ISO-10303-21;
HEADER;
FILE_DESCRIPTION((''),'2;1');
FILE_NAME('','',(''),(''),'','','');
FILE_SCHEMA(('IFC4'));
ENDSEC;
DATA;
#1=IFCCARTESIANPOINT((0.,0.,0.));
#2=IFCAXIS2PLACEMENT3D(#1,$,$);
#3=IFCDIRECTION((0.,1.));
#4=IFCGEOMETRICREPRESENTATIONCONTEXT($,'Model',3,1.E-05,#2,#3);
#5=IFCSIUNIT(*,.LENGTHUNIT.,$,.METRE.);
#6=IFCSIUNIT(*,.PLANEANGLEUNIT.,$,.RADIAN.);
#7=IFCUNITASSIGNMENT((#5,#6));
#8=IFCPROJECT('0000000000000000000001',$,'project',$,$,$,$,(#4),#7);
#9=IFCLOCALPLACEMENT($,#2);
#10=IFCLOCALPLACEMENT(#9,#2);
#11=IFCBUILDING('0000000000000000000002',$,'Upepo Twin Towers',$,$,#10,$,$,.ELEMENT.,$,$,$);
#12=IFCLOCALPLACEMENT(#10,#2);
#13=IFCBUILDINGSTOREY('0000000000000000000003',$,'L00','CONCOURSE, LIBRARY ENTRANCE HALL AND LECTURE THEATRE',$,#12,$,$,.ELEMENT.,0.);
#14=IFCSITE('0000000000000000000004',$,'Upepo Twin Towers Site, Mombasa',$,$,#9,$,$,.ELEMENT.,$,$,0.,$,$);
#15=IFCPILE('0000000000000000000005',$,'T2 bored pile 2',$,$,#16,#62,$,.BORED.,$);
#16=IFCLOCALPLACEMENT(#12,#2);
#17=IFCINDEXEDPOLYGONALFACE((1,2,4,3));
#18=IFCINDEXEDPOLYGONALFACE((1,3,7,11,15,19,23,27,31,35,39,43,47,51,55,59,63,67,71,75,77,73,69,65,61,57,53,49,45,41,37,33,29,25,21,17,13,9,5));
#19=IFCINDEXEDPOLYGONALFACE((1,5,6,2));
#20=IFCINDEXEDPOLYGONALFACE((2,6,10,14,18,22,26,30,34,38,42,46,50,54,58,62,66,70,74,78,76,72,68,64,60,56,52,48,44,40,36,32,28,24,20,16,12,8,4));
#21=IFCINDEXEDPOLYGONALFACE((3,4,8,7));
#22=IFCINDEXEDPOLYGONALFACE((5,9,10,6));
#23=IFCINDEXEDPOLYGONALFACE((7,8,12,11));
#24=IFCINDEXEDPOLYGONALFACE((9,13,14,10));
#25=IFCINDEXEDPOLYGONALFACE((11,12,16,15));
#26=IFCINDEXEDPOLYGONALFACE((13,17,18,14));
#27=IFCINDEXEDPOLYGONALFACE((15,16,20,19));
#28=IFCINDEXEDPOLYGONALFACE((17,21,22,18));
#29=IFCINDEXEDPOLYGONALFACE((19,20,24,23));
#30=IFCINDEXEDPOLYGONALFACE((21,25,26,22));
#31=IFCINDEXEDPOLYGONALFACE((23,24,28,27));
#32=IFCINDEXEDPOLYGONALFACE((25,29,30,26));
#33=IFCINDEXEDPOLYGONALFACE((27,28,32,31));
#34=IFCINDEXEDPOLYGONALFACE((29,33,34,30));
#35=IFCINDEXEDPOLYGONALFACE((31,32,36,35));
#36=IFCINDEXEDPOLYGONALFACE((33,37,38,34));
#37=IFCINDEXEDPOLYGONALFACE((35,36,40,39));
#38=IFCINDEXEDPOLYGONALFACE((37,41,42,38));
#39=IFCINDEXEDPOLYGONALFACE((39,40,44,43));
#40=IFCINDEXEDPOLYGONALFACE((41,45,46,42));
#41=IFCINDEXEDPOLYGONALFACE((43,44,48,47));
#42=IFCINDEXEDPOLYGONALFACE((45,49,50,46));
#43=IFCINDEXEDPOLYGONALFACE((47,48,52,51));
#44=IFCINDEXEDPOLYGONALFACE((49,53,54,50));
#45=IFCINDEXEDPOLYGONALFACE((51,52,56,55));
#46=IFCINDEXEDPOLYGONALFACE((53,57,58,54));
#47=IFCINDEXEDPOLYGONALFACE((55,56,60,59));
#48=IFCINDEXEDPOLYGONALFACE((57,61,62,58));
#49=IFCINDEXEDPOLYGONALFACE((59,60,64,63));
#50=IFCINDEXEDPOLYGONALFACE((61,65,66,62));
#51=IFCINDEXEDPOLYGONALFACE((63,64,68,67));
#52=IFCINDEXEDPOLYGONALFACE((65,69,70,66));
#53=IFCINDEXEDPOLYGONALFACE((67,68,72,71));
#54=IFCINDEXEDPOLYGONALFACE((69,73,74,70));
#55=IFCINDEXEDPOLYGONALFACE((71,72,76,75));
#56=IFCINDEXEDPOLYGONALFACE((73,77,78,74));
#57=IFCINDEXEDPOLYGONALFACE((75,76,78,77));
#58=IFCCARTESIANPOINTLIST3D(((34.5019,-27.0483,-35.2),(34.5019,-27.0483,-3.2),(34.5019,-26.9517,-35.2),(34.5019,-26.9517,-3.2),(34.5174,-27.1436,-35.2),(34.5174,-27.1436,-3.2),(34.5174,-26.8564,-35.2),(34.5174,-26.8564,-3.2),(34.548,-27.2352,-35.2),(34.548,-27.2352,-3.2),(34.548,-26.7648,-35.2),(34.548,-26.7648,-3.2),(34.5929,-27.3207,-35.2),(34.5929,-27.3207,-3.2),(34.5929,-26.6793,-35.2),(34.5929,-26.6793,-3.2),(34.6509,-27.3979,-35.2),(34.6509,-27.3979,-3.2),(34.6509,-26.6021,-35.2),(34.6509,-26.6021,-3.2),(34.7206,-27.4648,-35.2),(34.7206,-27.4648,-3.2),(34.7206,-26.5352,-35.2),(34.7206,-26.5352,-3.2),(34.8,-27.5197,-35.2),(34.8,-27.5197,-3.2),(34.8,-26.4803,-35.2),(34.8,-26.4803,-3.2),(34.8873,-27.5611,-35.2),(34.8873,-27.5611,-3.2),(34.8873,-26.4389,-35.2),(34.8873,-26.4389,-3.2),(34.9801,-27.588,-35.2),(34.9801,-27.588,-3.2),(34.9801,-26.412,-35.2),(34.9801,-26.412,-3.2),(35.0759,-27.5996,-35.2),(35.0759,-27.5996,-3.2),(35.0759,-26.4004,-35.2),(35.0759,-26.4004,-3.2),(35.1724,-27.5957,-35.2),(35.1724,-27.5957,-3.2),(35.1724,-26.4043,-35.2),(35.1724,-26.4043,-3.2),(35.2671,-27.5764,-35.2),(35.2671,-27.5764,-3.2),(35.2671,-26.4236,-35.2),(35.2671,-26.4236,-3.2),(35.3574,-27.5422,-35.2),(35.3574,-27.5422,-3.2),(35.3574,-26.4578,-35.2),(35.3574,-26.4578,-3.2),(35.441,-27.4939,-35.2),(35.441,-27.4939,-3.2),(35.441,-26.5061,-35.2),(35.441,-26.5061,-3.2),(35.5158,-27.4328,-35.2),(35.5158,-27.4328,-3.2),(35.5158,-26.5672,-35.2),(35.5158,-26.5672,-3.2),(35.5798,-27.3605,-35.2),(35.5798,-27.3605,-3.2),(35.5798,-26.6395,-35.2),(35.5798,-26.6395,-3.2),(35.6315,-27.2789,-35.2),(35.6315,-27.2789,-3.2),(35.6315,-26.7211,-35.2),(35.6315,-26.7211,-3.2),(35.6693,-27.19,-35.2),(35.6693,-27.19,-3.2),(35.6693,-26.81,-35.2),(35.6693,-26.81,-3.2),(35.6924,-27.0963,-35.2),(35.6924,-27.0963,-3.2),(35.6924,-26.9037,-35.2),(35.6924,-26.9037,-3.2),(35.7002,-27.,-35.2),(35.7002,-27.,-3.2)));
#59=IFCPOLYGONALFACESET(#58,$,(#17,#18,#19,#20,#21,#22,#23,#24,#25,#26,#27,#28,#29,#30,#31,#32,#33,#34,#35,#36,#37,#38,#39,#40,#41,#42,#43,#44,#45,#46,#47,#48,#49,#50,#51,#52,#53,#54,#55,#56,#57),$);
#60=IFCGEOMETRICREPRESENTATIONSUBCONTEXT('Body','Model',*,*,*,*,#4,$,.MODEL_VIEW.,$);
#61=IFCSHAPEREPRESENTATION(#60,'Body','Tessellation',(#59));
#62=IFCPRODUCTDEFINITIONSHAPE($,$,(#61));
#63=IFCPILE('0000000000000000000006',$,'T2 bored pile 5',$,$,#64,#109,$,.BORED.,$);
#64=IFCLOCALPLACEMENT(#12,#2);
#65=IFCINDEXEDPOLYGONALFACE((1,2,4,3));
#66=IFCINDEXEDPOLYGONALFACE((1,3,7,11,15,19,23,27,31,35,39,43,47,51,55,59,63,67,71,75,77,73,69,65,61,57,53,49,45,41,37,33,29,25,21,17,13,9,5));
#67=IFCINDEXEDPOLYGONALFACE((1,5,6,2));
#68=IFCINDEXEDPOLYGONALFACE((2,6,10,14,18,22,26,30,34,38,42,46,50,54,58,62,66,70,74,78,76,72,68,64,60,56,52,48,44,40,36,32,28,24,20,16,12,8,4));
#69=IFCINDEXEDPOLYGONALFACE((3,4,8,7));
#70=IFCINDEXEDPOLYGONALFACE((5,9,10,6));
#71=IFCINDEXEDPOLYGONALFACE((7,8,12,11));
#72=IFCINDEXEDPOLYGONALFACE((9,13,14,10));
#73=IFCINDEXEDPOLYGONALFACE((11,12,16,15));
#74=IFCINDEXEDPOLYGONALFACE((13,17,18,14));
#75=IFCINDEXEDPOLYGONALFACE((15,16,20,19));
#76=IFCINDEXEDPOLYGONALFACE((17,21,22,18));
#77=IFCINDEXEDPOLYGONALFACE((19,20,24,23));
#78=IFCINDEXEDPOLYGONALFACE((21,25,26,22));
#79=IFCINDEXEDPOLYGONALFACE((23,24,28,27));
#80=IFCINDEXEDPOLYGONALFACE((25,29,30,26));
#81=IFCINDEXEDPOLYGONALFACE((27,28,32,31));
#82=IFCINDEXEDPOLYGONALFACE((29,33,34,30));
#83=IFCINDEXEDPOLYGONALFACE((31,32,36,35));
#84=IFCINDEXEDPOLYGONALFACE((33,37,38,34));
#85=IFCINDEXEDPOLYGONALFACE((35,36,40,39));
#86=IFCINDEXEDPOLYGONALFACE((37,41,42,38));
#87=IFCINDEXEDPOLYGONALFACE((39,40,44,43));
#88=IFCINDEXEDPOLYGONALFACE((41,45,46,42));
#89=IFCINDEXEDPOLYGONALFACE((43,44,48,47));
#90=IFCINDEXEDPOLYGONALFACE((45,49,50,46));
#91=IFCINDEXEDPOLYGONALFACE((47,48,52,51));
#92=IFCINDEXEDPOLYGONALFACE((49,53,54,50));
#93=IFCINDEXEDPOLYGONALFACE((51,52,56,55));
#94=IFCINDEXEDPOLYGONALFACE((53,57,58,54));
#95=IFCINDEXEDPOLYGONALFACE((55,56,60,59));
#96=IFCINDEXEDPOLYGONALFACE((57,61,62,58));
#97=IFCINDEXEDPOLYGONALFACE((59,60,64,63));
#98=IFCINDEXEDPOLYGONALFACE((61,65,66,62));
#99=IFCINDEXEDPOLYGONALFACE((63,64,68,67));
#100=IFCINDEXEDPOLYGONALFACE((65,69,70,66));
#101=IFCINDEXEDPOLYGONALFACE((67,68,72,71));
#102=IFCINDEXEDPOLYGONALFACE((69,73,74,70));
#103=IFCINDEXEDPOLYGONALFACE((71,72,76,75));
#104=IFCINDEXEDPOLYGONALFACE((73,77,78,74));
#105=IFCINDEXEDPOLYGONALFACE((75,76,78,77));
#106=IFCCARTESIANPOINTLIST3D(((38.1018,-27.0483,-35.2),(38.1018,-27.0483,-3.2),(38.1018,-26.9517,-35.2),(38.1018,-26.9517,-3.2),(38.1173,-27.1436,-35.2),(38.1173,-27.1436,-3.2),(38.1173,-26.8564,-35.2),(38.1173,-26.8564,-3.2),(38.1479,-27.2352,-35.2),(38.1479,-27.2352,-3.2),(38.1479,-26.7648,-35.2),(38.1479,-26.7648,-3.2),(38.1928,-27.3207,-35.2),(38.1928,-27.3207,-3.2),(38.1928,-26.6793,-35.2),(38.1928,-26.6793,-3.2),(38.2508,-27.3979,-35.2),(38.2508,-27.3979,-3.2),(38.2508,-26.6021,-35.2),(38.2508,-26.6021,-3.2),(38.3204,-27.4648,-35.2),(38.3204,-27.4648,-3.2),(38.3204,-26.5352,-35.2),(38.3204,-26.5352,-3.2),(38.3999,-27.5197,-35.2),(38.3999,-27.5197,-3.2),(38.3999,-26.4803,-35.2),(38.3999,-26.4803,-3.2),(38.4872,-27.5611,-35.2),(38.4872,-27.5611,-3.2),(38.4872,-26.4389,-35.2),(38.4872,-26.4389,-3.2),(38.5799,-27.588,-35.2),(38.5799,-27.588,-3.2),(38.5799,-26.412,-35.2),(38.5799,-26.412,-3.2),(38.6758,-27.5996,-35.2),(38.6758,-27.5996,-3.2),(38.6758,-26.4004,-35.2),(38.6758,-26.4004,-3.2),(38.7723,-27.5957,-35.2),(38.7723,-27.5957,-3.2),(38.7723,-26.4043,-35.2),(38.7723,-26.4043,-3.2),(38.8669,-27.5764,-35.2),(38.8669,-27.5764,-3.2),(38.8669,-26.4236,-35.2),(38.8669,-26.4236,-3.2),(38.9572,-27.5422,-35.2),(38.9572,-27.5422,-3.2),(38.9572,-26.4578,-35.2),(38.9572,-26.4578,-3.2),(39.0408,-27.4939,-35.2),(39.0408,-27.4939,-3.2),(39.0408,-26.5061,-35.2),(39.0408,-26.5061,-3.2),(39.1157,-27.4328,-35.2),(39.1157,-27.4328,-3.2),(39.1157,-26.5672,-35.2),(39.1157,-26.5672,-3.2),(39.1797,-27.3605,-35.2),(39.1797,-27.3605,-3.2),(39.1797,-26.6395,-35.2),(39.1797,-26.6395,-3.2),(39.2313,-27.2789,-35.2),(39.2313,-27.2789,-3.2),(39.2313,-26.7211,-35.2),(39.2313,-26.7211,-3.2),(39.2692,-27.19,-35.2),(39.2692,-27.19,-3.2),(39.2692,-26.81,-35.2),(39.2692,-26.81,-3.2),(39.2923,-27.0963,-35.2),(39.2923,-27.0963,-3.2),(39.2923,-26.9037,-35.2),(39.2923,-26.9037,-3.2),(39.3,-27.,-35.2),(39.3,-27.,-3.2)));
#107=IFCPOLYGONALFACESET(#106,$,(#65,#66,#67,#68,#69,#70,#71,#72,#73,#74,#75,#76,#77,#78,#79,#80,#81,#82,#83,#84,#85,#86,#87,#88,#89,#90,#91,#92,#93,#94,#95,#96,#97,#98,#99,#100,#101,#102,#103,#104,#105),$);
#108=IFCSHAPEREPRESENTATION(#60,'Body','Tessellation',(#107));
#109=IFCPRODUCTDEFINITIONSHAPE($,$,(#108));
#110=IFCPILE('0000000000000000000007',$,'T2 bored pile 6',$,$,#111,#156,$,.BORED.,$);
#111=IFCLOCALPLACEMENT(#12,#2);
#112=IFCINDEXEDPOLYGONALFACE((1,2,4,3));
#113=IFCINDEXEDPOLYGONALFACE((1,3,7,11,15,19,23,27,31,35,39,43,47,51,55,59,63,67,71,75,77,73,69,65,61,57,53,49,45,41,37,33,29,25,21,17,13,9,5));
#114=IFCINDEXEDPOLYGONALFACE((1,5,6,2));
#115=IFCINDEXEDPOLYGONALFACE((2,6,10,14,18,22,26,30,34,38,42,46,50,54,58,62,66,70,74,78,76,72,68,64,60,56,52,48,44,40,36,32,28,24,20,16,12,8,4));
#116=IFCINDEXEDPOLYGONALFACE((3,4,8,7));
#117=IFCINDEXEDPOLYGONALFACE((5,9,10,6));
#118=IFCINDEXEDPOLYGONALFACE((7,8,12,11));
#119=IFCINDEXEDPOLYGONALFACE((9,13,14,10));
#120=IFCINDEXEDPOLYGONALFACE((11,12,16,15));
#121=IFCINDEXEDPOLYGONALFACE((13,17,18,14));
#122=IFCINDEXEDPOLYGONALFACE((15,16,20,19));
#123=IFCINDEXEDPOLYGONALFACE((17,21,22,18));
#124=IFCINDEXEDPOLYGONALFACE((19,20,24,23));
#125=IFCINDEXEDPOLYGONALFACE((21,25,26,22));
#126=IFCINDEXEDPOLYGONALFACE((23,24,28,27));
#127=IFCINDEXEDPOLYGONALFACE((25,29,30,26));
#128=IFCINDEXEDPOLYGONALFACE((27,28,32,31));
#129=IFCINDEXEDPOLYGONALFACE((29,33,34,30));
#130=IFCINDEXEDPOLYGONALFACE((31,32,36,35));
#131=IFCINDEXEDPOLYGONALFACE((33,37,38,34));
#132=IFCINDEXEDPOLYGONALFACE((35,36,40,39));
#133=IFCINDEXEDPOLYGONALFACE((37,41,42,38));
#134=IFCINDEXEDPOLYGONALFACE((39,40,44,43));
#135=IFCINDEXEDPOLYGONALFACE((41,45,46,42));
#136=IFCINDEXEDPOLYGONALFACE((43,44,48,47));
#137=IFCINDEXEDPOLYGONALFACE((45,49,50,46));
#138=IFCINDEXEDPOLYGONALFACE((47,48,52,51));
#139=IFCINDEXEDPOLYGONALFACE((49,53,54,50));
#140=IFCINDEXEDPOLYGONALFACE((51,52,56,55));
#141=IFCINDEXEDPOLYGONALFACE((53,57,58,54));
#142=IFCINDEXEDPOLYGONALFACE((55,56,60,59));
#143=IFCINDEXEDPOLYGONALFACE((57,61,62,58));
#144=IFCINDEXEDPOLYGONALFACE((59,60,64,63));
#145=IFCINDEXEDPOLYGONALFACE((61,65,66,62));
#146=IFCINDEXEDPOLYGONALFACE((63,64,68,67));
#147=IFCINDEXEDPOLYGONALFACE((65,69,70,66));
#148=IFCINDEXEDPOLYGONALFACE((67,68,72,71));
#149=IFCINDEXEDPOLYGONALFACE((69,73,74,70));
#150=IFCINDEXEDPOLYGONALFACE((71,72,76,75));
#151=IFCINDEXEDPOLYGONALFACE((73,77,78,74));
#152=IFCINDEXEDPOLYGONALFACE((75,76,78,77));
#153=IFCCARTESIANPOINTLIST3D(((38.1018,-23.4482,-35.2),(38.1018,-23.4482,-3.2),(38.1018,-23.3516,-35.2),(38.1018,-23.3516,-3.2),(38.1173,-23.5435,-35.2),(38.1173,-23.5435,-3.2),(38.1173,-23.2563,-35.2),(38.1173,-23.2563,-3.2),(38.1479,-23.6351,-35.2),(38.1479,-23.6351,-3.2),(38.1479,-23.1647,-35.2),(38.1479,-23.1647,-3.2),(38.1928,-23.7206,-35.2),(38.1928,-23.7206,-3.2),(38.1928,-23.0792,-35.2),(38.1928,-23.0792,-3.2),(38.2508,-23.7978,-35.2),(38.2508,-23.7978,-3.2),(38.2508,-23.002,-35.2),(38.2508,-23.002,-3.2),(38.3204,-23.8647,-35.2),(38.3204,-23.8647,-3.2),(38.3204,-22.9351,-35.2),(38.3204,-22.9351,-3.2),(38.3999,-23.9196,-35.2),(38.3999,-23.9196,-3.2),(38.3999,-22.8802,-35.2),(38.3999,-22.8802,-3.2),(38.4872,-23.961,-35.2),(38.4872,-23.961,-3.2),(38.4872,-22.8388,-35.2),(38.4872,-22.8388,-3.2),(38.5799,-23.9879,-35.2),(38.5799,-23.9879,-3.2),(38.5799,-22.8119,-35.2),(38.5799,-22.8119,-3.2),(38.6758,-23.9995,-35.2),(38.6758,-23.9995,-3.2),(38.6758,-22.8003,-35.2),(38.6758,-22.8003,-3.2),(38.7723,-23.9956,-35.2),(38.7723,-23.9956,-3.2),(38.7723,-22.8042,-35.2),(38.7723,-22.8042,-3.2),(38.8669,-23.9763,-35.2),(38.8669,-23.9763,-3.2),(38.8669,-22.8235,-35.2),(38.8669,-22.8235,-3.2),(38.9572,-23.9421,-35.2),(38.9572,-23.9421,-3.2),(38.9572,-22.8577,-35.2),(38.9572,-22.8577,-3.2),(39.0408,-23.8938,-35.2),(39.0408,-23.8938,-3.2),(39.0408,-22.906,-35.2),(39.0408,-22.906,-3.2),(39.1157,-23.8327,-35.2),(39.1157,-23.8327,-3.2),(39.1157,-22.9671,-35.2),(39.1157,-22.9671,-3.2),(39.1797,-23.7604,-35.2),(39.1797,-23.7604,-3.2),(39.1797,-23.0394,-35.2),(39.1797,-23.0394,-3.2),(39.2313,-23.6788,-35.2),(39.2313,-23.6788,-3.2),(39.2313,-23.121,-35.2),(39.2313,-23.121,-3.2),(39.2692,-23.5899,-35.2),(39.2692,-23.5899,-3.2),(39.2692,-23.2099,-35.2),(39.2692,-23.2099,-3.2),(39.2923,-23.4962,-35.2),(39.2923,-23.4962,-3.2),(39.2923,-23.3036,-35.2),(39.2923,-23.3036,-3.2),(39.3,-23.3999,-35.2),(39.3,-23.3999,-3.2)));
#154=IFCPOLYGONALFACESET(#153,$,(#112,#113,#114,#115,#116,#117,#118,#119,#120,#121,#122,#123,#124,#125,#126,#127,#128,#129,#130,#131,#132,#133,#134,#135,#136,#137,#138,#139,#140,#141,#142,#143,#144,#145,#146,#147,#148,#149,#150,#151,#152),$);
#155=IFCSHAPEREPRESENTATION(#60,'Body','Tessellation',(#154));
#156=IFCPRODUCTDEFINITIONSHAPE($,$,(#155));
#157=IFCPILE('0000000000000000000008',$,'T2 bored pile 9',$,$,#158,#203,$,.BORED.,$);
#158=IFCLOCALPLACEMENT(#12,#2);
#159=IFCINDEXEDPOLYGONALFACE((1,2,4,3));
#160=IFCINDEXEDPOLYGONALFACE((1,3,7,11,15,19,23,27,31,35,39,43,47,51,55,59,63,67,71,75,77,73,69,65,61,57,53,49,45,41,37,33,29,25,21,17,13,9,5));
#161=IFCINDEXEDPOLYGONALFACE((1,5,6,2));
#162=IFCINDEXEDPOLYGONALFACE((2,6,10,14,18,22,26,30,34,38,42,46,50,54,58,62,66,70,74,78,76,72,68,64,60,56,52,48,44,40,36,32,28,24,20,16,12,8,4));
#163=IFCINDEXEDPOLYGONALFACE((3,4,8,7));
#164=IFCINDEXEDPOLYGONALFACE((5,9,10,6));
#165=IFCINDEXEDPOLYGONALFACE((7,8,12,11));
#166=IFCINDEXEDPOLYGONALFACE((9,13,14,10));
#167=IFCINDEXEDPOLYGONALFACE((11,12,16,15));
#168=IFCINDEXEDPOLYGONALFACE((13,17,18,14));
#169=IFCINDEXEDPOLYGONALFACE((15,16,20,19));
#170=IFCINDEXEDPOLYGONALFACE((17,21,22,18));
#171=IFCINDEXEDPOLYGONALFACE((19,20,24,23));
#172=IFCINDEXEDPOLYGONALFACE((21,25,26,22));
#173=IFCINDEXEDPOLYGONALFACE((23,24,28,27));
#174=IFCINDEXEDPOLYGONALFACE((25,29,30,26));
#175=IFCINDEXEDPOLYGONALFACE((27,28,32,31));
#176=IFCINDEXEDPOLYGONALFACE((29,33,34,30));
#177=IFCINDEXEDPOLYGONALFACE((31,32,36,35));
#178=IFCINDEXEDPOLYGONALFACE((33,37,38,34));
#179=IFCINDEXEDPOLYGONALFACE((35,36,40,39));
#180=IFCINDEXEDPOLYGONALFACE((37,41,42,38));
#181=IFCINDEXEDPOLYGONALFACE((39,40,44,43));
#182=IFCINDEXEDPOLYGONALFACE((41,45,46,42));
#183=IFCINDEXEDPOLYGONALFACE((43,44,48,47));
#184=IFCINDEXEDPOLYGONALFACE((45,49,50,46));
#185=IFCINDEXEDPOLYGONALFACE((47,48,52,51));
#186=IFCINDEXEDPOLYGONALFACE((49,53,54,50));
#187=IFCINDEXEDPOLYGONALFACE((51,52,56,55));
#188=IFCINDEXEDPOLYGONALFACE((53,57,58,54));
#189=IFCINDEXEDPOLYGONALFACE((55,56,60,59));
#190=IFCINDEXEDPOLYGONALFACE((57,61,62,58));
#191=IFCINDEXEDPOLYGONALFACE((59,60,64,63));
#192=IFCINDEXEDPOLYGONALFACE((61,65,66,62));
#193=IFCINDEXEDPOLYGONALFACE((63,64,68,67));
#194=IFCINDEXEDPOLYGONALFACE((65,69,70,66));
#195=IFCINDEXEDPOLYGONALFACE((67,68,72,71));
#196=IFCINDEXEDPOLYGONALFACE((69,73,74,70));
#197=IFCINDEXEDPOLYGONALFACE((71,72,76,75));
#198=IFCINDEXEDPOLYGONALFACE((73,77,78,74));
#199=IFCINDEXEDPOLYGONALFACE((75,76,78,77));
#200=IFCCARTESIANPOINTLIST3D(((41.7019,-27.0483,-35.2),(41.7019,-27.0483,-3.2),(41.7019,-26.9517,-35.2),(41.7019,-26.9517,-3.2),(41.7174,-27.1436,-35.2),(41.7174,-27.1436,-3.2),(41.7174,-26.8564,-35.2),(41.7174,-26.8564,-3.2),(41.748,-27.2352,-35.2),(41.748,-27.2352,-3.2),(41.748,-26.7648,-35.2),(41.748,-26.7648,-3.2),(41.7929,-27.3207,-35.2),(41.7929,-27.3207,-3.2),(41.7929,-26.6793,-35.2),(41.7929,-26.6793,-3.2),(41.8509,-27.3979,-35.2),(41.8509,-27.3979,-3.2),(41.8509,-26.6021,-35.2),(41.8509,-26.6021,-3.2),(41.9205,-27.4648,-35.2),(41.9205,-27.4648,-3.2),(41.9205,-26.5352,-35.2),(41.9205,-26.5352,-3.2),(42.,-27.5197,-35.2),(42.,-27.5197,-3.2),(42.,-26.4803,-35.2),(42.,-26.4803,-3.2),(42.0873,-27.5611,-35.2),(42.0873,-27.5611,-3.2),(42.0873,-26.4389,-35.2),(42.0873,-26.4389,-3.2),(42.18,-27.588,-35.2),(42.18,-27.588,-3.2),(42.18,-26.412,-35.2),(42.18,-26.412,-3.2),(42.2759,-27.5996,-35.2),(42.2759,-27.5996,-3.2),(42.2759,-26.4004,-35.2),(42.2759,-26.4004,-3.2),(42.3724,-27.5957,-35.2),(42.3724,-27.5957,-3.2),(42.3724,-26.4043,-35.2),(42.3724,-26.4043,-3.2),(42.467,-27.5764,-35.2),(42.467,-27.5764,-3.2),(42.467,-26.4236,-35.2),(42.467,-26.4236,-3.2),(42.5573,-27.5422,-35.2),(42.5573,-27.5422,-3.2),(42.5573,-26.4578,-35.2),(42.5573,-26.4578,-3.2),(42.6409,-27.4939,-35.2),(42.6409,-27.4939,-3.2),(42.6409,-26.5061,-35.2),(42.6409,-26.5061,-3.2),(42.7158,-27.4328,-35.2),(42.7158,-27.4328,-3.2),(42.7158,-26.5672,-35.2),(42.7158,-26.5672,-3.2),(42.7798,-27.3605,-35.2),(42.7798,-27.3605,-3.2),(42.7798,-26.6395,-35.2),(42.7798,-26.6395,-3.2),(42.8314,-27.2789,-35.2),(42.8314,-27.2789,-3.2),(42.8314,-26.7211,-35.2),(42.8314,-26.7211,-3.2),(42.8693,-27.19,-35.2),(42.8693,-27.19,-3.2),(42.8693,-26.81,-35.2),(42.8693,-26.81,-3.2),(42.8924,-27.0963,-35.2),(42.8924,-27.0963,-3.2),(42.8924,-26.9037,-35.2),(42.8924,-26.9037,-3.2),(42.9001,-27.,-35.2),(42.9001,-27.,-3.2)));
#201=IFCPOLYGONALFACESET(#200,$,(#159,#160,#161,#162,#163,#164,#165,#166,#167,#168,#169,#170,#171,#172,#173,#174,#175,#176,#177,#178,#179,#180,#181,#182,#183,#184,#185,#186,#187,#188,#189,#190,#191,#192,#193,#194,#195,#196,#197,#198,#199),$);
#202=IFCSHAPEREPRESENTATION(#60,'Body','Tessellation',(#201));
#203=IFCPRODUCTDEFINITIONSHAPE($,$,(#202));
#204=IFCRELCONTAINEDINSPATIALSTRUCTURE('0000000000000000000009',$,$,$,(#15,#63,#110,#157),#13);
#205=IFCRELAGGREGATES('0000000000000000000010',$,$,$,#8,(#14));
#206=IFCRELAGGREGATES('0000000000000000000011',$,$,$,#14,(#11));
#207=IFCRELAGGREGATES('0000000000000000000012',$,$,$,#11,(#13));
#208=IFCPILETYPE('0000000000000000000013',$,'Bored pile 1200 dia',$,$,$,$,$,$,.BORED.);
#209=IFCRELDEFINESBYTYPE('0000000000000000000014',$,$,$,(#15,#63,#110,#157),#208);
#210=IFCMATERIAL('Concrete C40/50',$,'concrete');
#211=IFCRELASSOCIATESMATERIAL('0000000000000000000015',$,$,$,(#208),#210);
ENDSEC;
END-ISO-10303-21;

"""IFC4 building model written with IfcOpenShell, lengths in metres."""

from ifc_helpers import new_model, si_unit, direction, frame, origin, origin_2d, place, context, subcontext, project, spatial, circle, extrude, material, type_object, element, save


model = new_model("IFC4")

# Units and contexts
model_context = context("Model", 3, precision=1e-05, world=origin(), true_north=direction((0.0, 1.0)))
body_context = subcontext(model_context, "Body", "Model", "MODEL_VIEW")
ifc_project = project(units=[si_unit("LENGTHUNIT", "METRE"), si_unit("PLANEANGLEUNIT", "RADIAN")], contexts=[model_context])

# Site, building, storey
site_placement = place(None, origin())
site = spatial("IfcSite", under=ifc_project, at=site_placement, Name="Upepo Twin Towers Site, Mombasa", CompositionType="ELEMENT", RefElevation=0.0)
building_placement = place(site_placement, origin())
building = spatial("IfcBuilding", under=site, at=building_placement, Name="Upepo Twin Towers", CompositionType="ELEMENT")
storey_placement = place(building_placement, origin())
storey = spatial("IfcBuildingStorey", under=building, at=storey_placement, Name="L00", Description="CONCOURSE, LIBRARY ENTRANCE HALL AND LECTURE THEATRE", CompositionType="ELEMENT", Elevation=0.0)

# Piles
ifc_material_1 = material(Name="Concrete C40/50", Category="concrete")
pile_type = type_object("IfcPileType", Name="Bored pile 1200 dia", PredefinedType="BORED", material=ifc_material_1)
for number, where, z_axis, x_axis, name in (
    (1, (35.1001, -27.0, -3.2), (0.0, 0.0, -1.0), (1.0, 0.0, 0.0), "T2 bored pile 2"),
    (2, (38.7, -27.0, -3.2), (0.0, 0.0, -1.0), (1.0, 0.0, 0.0), "T2 bored pile 5"),
    (3, (38.7, -23.3999, -3.2), (0.0, 0.0, -1.0), (1.0, 0.0, 0.0), "T2 bored pile 6"),
    (4, (42.3, -27.0, -3.2), (0.0, 0.0, -1.0), (1.0, 0.0, 0.0), "T2 bored pile 9"),
):
    element("IfcPile", number, at=place(storey_placement, frame(where, z_axis=z_axis, x_axis=x_axis)), inside=storey, type_object=pile_type, Name=name, PredefinedType="BORED", context=body_context, shape_type="SweptSolid", body=[
        extrude(circle(Radius=0.6001, at=origin_2d()), origin(), (0.0, 0.0, 1.0), 32.0),
    ])

save(model, "model.ifc")
